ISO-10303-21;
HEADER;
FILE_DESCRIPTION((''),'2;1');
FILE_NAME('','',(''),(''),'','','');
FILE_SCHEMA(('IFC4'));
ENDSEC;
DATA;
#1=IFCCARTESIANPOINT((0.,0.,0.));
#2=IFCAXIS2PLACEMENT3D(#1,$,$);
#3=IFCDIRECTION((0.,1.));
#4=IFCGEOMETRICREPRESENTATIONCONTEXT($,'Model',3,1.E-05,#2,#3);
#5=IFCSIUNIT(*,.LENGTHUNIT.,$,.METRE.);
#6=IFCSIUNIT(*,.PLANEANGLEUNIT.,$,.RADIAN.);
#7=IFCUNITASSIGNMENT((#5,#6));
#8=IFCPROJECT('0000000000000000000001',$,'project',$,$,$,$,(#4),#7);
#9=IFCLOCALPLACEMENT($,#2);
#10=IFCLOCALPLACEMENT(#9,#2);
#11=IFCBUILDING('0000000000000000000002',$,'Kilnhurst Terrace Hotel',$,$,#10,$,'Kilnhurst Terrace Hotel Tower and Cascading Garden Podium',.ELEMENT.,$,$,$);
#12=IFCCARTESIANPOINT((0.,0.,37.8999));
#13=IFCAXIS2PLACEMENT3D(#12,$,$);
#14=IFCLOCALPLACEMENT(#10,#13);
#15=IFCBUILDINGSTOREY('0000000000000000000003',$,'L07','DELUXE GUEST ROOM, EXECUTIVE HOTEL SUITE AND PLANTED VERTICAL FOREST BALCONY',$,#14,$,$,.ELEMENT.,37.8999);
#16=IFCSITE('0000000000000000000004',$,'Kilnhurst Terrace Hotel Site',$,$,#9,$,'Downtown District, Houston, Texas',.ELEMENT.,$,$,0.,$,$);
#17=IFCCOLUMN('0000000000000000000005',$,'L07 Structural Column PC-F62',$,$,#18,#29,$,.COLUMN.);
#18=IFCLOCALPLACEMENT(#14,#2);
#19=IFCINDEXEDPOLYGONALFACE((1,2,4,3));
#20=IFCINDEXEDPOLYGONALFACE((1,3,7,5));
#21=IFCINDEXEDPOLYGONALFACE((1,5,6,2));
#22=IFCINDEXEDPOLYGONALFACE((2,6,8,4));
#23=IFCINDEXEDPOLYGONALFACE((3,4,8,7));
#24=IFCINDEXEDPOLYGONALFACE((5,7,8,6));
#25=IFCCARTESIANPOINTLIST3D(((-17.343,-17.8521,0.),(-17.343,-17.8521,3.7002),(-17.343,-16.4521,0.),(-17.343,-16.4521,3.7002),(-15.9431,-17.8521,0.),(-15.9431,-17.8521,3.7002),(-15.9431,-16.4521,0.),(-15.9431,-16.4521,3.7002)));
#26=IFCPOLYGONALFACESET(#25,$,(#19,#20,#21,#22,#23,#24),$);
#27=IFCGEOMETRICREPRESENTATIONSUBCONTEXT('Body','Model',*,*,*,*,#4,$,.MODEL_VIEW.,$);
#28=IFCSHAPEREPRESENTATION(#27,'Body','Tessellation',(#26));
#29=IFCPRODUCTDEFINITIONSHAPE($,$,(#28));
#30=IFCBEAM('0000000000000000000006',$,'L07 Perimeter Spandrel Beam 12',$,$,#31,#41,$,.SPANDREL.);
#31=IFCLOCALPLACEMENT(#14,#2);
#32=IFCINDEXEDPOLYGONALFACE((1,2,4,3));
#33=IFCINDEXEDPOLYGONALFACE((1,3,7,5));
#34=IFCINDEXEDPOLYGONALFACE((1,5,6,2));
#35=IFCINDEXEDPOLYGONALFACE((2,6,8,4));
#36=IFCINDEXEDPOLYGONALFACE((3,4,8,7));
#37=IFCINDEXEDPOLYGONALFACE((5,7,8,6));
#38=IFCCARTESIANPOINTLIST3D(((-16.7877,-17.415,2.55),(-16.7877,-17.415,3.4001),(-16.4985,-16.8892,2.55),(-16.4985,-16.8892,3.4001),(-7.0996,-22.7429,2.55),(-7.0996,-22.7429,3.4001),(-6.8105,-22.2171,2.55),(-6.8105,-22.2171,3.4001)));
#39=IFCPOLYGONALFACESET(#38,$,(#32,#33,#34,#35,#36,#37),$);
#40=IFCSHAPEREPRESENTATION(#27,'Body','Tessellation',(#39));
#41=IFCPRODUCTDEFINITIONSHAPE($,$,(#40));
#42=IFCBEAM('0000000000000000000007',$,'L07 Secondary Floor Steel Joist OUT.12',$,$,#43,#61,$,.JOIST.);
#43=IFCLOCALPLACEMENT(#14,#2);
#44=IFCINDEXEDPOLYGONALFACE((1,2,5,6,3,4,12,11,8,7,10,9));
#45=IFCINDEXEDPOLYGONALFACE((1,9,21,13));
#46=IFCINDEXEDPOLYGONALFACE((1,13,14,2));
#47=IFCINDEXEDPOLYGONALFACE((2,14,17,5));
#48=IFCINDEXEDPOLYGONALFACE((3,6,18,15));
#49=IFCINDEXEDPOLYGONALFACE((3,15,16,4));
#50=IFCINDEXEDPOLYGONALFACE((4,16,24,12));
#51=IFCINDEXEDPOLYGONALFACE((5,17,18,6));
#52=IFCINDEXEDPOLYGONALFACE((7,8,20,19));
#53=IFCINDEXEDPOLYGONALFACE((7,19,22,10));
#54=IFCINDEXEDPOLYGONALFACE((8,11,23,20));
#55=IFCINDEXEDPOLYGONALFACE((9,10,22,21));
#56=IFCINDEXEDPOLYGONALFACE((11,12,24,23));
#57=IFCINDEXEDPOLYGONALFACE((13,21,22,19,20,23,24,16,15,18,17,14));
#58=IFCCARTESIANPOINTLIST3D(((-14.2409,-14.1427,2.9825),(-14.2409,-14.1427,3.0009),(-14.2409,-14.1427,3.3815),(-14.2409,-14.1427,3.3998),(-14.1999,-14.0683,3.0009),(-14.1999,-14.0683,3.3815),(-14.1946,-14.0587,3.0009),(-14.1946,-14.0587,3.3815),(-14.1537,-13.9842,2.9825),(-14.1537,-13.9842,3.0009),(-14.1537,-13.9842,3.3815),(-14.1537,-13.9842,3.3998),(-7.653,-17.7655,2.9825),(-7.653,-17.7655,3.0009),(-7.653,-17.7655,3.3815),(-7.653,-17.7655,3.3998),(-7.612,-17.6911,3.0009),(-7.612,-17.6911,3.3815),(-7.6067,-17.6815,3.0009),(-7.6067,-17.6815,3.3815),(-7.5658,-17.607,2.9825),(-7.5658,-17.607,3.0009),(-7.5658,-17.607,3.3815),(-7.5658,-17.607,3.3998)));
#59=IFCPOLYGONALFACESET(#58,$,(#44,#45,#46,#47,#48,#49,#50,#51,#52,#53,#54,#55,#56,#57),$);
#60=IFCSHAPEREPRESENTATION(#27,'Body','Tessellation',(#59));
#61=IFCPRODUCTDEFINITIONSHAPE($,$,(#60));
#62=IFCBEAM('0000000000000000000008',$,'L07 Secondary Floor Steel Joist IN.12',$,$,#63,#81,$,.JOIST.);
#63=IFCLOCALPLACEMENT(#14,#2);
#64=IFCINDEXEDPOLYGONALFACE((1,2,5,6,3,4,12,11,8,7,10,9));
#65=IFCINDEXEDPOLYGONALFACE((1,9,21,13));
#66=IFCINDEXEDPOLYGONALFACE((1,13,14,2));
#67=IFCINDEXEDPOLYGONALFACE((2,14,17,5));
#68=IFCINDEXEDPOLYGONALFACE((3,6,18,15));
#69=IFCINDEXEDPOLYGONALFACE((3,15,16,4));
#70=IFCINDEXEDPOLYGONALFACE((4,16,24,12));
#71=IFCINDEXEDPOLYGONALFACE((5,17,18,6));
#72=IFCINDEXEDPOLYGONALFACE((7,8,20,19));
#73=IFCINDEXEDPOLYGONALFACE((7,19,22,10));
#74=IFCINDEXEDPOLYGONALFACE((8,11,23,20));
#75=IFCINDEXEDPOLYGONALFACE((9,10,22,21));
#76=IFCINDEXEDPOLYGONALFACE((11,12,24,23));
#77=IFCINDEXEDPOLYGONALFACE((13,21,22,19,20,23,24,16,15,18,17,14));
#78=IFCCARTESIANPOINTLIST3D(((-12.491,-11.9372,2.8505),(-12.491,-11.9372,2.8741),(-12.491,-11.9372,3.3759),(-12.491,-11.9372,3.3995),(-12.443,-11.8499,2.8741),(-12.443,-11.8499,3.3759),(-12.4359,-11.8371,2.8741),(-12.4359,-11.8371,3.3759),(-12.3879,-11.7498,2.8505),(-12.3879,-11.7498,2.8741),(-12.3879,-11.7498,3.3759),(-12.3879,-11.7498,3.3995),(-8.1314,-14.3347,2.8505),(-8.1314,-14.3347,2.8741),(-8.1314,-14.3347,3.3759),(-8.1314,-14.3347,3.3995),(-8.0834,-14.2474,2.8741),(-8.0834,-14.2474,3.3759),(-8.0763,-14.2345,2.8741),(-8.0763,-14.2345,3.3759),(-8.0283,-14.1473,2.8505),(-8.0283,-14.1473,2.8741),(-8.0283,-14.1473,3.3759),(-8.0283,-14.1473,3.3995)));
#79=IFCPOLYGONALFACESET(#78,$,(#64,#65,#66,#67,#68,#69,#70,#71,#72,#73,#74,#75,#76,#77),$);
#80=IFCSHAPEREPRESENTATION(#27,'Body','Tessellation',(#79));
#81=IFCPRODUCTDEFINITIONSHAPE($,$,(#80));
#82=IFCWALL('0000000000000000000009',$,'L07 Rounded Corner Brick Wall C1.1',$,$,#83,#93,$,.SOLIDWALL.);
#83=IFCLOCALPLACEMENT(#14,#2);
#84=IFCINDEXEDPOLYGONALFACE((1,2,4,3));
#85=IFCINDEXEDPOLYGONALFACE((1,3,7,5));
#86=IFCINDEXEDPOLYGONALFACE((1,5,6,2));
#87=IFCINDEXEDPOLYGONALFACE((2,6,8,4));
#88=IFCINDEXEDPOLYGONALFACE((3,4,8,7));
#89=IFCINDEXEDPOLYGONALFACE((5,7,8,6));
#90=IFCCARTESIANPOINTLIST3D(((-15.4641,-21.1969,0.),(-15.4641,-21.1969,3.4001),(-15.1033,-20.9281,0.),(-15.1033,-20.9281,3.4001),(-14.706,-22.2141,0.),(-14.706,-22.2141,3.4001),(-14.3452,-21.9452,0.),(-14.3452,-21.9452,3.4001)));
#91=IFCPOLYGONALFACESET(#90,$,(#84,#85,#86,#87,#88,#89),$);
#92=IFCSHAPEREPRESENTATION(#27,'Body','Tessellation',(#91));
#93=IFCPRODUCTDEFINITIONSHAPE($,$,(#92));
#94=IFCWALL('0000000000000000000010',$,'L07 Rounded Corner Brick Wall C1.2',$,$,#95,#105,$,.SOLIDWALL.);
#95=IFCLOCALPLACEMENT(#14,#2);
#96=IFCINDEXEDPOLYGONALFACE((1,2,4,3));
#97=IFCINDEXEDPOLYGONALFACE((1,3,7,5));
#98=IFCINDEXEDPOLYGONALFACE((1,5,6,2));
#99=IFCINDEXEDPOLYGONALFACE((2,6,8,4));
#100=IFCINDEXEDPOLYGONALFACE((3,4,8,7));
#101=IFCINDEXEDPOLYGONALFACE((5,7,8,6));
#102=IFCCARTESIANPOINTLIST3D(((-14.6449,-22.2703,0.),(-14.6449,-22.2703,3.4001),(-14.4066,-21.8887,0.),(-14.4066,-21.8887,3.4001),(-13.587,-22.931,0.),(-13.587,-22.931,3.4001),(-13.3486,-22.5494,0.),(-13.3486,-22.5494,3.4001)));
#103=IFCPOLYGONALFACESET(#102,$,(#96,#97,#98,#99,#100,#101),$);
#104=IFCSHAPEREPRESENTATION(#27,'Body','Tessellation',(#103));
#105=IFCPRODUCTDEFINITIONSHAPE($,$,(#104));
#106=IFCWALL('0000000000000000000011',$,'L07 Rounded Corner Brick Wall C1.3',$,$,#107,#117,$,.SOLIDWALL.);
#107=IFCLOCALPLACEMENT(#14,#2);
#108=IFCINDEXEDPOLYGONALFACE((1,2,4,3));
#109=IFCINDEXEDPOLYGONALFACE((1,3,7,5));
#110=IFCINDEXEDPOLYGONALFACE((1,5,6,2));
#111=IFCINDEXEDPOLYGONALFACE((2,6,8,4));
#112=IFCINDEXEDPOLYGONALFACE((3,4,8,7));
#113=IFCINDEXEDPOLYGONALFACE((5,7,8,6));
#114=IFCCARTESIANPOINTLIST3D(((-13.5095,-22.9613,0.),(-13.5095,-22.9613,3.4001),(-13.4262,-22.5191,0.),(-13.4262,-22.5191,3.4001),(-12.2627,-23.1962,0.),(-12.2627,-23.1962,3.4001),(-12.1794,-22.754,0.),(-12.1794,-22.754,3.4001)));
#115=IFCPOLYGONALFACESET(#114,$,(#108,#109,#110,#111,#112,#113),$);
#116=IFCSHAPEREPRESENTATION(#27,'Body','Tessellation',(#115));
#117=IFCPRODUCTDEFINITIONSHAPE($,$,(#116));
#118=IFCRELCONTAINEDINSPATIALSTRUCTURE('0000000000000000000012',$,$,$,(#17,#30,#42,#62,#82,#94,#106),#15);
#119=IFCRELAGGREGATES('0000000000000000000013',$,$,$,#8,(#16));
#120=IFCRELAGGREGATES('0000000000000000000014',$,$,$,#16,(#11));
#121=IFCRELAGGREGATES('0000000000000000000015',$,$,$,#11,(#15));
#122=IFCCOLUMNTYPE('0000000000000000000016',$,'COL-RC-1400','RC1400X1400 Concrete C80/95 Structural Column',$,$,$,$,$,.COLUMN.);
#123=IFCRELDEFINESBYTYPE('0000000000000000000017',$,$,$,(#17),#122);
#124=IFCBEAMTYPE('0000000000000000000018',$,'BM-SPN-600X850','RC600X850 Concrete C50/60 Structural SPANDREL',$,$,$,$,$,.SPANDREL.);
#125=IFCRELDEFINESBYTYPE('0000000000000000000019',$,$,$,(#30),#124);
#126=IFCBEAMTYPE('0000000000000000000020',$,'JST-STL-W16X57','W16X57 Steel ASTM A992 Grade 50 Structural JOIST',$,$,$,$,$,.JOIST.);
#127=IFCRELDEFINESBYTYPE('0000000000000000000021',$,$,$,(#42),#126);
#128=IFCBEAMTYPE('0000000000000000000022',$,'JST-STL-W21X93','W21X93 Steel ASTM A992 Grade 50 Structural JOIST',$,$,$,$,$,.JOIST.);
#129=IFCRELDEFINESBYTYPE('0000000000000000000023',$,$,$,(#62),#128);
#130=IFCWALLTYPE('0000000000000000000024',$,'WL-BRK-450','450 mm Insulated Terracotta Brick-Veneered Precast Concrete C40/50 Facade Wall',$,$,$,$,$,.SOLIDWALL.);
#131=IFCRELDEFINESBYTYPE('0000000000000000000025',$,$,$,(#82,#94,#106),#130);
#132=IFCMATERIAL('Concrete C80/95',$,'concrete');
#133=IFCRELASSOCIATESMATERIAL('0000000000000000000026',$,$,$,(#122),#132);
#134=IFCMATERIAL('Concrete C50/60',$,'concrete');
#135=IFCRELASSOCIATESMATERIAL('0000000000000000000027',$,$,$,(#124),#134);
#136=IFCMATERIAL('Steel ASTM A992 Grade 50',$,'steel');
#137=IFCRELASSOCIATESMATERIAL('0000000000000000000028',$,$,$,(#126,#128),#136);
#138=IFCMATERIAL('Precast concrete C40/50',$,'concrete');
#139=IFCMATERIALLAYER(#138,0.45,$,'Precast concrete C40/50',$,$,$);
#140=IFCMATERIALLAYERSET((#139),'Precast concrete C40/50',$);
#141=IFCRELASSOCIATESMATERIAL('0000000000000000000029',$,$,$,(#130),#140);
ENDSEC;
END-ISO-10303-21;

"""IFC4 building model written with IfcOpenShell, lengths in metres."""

from ifc_helpers import new_model, si_unit, direction, frame, frame_2d, origin, origin_2d, place, context, subcontext, project, spatial, rectangle, i_section, extrude, material, layer, layer_set, material_profile, profile_set, type_object, element, save


model = new_model("IFC4")

# Units and contexts
model_context = context("Model", 3, precision=1e-05, world=origin(), true_north=direction((0.0, 1.0)))
body_context = subcontext(model_context, "Body", "Model", "MODEL_VIEW")
ifc_project = project(units=[si_unit("LENGTHUNIT", "METRE"), si_unit("PLANEANGLEUNIT", "RADIAN")], contexts=[model_context])

# Site, building, storey
site_placement = place(None, origin())
site = spatial("IfcSite", under=ifc_project, at=site_placement, Name="Kilnhurst Terrace Hotel Site", LongName="Downtown District, Houston, Texas", CompositionType="ELEMENT", RefElevation=0.0)
building_placement = place(site_placement, origin())
building = spatial("IfcBuilding", under=site, at=building_placement, Name="Kilnhurst Terrace Hotel", LongName="Kilnhurst Terrace Hotel Tower and Cascading Garden Podium", CompositionType="ELEMENT")
storey_placement = place(building_placement, frame((0.0, 0.0, 37.8999)))
storey = spatial("IfcBuildingStorey", under=building, at=storey_placement, Name="L07", Description="DELUXE GUEST ROOM, EXECUTIVE HOTEL SUITE AND PLANTED VERTICAL FOREST BALCONY", CompositionType="ELEMENT", Elevation=37.8999)

# Column
ifc_material_1 = material(Name="Concrete C80/95", Category="concrete")
ifc_material_profile_1 = material_profile(ifc_material_1, rectangle(XDim=1.3999, YDim=1.3999, at=origin_2d()), Name="RC1400X1400")
ifc_profile_set_1 = profile_set([ifc_material_profile_1], Name="Concrete C80/95")
column_type = type_object("IfcColumnType", Name="COL-RC-1400", Description="RC1400X1400 Concrete C80/95 Structural Column", PredefinedType="COLUMN", material=ifc_profile_set_1)
column_placement = place(storey_placement, frame((-16.6431, -17.1521, 0.0), z_axis=(0.0, 0.0, 1.0), x_axis=(1.0, 0.0, 0.0)))
element("IfcColumn", 1, at=column_placement, inside=storey, type_object=column_type, Name="L07 Structural Column PC-F62", PredefinedType="COLUMN", context=body_context, shape_type="SweptSolid", body=[
    extrude(rectangle(XDim=1.3999, YDim=1.3999, at=origin_2d()), origin(), (0.0, 0.0, 1.0), 3.7002),
])

# Beams
ifc_material_2 = material(Name="Concrete C50/60", Category="concrete")
ifc_material_profile_2 = material_profile(ifc_material_2, rectangle(XDim=0.6001, YDim=0.8501, at=origin_2d()), Name="RC600X850")
ifc_profile_set_2 = profile_set([ifc_material_profile_2], Name="Concrete C50/60")
beam_type_1 = type_object("IfcBeamType", Name="BM-SPN-600X850", Description="RC600X850 Concrete C50/60 Structural SPANDREL", PredefinedType="SPANDREL", material=ifc_profile_set_2)
beam_1_placement = place(storey_placement, frame((-16.6431, -17.1521, 2.9751), z_axis=(0.876235, -0.481883, 0.0), x_axis=(0.481883, 0.876235, 0.0)))
element("IfcBeam", 2, at=beam_1_placement, inside=storey, type_object=beam_type_1, Name="L07 Perimeter Spandrel Beam 12", PredefinedType="SPANDREL", context=body_context, shape_type="SweptSolid", body=[
    extrude(rectangle(XDim=0.6001, YDim=0.8501, at=origin_2d()), origin(), (0.0, 0.0, 1.0), 11.0564),
])
ifc_material_3 = material(Name="Steel ASTM A992 Grade 50", Category="steel")
ifc_material_profile_3 = material_profile(ifc_material_3, i_section(OverallWidth=0.1809, OverallDepth=0.4172, WebThickness=0.011, FlangeThickness=0.0183, at=origin_2d()), Name="W16X57")
ifc_profile_set_3 = profile_set([ifc_material_profile_3], Name="Steel ASTM A992 Grade 50")
beam_type_2 = type_object("IfcBeamType", Name="JST-STL-W16X57", Description="W16X57 Steel ASTM A992 Grade 50 Structural JOIST", PredefinedType="JOIST", material=ifc_profile_set_3)
beam_2_placement = place(storey_placement, frame((-14.1973, -14.0635, 3.1912), z_axis=(0.876246, -0.481864, 0.0), x_axis=(0.481864, 0.876246, 0.0)))
element("IfcBeam", 3, at=beam_2_placement, inside=storey, type_object=beam_type_2, Name="L07 Secondary Floor Steel Joist OUT.12", PredefinedType="JOIST", context=body_context, shape_type="SweptSolid", body=[
    extrude(i_section(OverallWidth=0.1809, OverallDepth=0.4172, WebThickness=0.011, FlangeThickness=0.0183, at=origin_2d()), origin(), (0.0, 0.0, 1.0), 7.5183),
])
ifc_material_profile_4 = material_profile(ifc_material_3, i_section(OverallWidth=0.2139, OverallDepth=0.5491, WebThickness=0.0146, FlangeThickness=0.0237, at=origin_2d()), Name="W21X93")
ifc_profile_set_4 = profile_set([ifc_material_profile_4], Name="Steel ASTM A992 Grade 50")
beam_type_3 = type_object("IfcBeamType", Name="JST-STL-W21X93", Description="W21X93 Steel ASTM A992 Grade 50 Structural JOIST", PredefinedType="JOIST", material=ifc_profile_set_4)
beam_3_placement = place(storey_placement, frame((-12.4395, -11.8435, 3.125), z_axis=(0.876244, -0.481868, 0.0), x_axis=(0.481868, 0.876244, 0.0)))
element("IfcBeam", 4, at=beam_3_placement, inside=storey, type_object=beam_type_3, Name="L07 Secondary Floor Steel Joist IN.12", PredefinedType="JOIST", context=body_context, shape_type="SweptSolid", body=[
    extrude(i_section(OverallWidth=0.2139, OverallDepth=0.5491, WebThickness=0.0146, FlangeThickness=0.0237, at=origin_2d()), origin(), (0.0, 0.0, 1.0), 4.9753),
])

# Walls
ifc_material_4 = material(Name="Precast concrete C40/50", Category="concrete")
ifc_layer_1 = layer(ifc_material_4, 0.45, Name="Precast concrete C40/50")
ifc_layer_set_1 = layer_set([ifc_layer_1], Name="Precast concrete C40/50")
wall_type_1 = type_object("IfcWallType", Name="WL-BRK-450", Description="450 mm Insulated Terracotta Brick-Veneered Precast Concrete C40/50 Facade Wall", PredefinedType="SOLIDWALL", material=ifc_layer_set_1)
wall_1_placement = place(storey_placement, frame((-15.2837, -21.0625, 0.0), z_axis=(0.0, 0.0, 1.0), x_axis=(0.597595, -0.801798, 0.0)))
element("IfcWall", 5, at=wall_1_placement, inside=storey, type_object=wall_type_1, Name="L07 Rounded Corner Brick Wall C1.1", PredefinedType="SOLIDWALL", context=body_context, shape_type="SweptSolid", body=[
    extrude(rectangle(XDim=1.2686, YDim=0.45, at=frame_2d((0.6343, 0.0))), origin(), (0.0, 0.0, 1.0), 3.4001),
])
wall_2_placement = place(storey_placement, frame((-14.5256, -22.0796, 0.0), z_axis=(0.0, 0.0, 1.0), x_axis=(0.848185, -0.5297, 0.0)))
element("IfcWall", 6, at=wall_2_placement, inside=storey, type_object=wall_type_1, Name="L07 Rounded Corner Brick Wall C1.2", PredefinedType="SOLIDWALL", context=body_context, shape_type="SweptSolid", body=[
    extrude(rectangle(XDim=1.2473, YDim=0.45, at=frame_2d((0.6235, 0.0))), origin(), (0.0, 0.0, 1.0), 3.4001),
])
wall_3_placement = place(storey_placement, frame((-13.4678, -22.7402, 0.0), z_axis=(0.0, 0.0, 1.0), x_axis=(0.982717, -0.185113, 0.0)))
element("IfcWall", 7, at=wall_3_placement, inside=storey, type_object=wall_type_1, Name="L07 Rounded Corner Brick Wall C1.3", PredefinedType="SOLIDWALL", context=body_context, shape_type="SweptSolid", body=[
    extrude(rectangle(XDim=1.2688, YDim=0.45, at=frame_2d((0.6343, 0.0))), origin(), (0.0, 0.0, 1.0), 3.4001),
])

save(model, "model.ifc")
